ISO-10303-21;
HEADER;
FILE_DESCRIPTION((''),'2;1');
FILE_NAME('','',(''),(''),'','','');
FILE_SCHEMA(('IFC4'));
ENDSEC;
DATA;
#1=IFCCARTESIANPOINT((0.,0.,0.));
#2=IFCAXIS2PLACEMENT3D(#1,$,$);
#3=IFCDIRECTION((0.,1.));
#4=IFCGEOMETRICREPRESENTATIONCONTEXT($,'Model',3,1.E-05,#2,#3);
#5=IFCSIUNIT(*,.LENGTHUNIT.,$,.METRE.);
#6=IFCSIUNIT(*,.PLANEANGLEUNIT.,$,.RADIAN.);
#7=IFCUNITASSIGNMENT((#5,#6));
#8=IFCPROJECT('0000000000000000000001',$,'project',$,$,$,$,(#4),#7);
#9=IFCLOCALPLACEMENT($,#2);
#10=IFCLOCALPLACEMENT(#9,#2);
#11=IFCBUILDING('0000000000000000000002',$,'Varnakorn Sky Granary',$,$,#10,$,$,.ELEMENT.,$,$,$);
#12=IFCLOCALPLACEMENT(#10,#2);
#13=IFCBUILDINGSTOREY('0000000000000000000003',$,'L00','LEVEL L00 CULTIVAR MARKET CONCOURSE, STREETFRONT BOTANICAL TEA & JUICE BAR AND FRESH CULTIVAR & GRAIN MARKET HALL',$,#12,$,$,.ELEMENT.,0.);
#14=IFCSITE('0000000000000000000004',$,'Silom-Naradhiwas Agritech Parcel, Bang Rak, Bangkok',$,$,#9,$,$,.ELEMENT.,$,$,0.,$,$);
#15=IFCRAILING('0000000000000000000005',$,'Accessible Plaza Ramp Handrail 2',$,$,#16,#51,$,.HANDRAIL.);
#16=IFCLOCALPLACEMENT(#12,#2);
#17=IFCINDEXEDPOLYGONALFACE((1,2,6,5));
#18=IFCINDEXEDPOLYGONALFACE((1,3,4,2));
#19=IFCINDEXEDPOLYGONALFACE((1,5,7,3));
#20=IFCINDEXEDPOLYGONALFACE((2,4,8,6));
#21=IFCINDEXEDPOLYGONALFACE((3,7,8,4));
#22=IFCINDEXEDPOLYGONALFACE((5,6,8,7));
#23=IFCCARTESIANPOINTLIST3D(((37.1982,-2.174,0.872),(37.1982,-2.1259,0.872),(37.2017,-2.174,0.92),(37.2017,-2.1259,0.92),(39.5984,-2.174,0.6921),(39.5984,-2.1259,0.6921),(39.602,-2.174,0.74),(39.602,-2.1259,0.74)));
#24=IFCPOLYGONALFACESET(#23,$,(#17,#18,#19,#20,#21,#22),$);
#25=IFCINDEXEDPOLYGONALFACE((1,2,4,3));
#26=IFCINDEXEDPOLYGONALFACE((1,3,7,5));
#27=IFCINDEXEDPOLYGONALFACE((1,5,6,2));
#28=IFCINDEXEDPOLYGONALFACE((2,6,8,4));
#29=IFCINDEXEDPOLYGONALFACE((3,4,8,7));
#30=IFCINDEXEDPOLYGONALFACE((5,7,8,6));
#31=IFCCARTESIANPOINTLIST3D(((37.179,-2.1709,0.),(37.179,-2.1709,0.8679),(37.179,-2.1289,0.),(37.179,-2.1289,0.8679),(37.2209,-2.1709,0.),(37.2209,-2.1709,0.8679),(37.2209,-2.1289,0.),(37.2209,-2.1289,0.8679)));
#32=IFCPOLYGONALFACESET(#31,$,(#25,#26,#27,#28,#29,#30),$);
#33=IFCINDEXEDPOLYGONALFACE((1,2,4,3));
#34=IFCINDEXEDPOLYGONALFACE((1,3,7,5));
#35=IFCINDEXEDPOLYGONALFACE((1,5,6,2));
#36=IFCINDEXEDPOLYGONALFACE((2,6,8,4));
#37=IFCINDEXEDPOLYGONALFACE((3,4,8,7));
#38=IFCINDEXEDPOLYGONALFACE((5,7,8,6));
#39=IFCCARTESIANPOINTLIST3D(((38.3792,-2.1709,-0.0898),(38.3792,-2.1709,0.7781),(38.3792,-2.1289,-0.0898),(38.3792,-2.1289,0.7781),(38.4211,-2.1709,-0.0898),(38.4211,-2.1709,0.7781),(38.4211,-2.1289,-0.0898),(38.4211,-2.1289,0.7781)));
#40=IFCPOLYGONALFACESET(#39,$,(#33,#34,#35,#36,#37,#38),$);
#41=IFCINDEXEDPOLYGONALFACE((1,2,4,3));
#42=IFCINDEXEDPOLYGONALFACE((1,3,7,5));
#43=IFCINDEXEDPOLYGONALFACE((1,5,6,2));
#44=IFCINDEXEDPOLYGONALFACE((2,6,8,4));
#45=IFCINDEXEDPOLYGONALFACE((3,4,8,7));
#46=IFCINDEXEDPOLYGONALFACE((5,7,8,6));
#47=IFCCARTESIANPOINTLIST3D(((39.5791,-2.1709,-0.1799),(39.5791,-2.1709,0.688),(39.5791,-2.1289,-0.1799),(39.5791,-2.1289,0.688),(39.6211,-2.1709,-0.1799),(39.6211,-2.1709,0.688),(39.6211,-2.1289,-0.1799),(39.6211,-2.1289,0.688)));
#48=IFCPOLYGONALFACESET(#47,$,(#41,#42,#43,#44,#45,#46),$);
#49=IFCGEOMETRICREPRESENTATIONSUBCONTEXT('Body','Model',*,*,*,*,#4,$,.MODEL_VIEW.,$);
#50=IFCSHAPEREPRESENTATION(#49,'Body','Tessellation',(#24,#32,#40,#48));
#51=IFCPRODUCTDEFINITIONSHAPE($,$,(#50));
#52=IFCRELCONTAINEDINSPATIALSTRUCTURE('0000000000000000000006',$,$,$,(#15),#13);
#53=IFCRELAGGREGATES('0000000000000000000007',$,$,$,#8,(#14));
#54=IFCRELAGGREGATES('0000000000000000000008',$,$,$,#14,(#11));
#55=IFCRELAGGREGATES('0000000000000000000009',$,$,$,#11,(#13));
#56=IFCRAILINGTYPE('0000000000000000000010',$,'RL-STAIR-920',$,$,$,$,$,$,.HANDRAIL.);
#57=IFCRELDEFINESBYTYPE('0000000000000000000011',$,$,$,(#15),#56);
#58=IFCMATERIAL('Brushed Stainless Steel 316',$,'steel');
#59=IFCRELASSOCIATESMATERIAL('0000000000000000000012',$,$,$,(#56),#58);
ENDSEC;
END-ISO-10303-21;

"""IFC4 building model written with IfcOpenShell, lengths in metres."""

from ifc_helpers import new_model, si_unit, direction, frame, origin, origin_2d, place, context, subcontext, project, spatial, rectangle, extrude, material, type_object, element, save


model = new_model("IFC4")

# Units and contexts
model_context = context("Model", 3, precision=1e-05, world=origin(), true_north=direction((0.0, 1.0)))
body_context = subcontext(model_context, "Body", "Model", "MODEL_VIEW")
ifc_project = project(units=[si_unit("LENGTHUNIT", "METRE"), si_unit("PLANEANGLEUNIT", "RADIAN")], contexts=[model_context])

# Site, building, storey
site_placement = place(None, origin())
site = spatial("IfcSite", under=ifc_project, at=site_placement, Name="Silom-Naradhiwas Agritech Parcel, Bang Rak, Bangkok", CompositionType="ELEMENT", RefElevation=0.0)
building_placement = place(site_placement, origin())
building = spatial("IfcBuilding", under=site, at=building_placement, Name="Varnakorn Sky Granary", CompositionType="ELEMENT")
storey_placement = place(building_placement, origin())
storey = spatial("IfcBuildingStorey", under=building, at=storey_placement, Name="L00", Description="LEVEL L00 CULTIVAR MARKET CONCOURSE, STREETFRONT BOTANICAL TEA & JUICE BAR AND FRESH CULTIVAR & GRAIN MARKET HALL", CompositionType="ELEMENT", Elevation=0.0)

# Railing
ifc_material_1 = material(Name="Brushed Stainless Steel 316", Category="steel")
railing_type = type_object("IfcRailingType", Name="RL-STAIR-920", PredefinedType="HANDRAIL", material=ifc_material_1)
railing_placement = place(storey_placement, frame((37.2, -2.1499, 0.0)))
element("IfcRailing", 1, at=railing_placement, inside=storey, type_object=railing_type, Name="Accessible Plaza Ramp Handrail 2", PredefinedType="HANDRAIL", context=body_context, shape_type="SweptSolid", body=[
    extrude(rectangle(XDim=0.0481, YDim=0.0481, at=origin_2d()), frame((0.0, 0.0, 0.896), z_axis=(0.997202, 0.0, -0.074757), x_axis=(0.0, 1.0, 0.0)), (0.0, 0.0, 1.0), 2.407),
    extrude(rectangle(XDim=0.042, YDim=0.042, at=origin_2d()), origin(), (0.0, 0.0, 1.0), 0.8679),
    extrude(rectangle(XDim=0.042, YDim=0.042, at=origin_2d()), frame((1.2002, 0.0, -0.0898)), (0.0, 0.0, 1.0), 0.8679),
    extrude(rectangle(XDim=0.042, YDim=0.042, at=origin_2d()), frame((2.4001, 0.0, -0.1799)), (0.0, 0.0, 1.0), 0.8679),
])

save(model, "model.ifc")
